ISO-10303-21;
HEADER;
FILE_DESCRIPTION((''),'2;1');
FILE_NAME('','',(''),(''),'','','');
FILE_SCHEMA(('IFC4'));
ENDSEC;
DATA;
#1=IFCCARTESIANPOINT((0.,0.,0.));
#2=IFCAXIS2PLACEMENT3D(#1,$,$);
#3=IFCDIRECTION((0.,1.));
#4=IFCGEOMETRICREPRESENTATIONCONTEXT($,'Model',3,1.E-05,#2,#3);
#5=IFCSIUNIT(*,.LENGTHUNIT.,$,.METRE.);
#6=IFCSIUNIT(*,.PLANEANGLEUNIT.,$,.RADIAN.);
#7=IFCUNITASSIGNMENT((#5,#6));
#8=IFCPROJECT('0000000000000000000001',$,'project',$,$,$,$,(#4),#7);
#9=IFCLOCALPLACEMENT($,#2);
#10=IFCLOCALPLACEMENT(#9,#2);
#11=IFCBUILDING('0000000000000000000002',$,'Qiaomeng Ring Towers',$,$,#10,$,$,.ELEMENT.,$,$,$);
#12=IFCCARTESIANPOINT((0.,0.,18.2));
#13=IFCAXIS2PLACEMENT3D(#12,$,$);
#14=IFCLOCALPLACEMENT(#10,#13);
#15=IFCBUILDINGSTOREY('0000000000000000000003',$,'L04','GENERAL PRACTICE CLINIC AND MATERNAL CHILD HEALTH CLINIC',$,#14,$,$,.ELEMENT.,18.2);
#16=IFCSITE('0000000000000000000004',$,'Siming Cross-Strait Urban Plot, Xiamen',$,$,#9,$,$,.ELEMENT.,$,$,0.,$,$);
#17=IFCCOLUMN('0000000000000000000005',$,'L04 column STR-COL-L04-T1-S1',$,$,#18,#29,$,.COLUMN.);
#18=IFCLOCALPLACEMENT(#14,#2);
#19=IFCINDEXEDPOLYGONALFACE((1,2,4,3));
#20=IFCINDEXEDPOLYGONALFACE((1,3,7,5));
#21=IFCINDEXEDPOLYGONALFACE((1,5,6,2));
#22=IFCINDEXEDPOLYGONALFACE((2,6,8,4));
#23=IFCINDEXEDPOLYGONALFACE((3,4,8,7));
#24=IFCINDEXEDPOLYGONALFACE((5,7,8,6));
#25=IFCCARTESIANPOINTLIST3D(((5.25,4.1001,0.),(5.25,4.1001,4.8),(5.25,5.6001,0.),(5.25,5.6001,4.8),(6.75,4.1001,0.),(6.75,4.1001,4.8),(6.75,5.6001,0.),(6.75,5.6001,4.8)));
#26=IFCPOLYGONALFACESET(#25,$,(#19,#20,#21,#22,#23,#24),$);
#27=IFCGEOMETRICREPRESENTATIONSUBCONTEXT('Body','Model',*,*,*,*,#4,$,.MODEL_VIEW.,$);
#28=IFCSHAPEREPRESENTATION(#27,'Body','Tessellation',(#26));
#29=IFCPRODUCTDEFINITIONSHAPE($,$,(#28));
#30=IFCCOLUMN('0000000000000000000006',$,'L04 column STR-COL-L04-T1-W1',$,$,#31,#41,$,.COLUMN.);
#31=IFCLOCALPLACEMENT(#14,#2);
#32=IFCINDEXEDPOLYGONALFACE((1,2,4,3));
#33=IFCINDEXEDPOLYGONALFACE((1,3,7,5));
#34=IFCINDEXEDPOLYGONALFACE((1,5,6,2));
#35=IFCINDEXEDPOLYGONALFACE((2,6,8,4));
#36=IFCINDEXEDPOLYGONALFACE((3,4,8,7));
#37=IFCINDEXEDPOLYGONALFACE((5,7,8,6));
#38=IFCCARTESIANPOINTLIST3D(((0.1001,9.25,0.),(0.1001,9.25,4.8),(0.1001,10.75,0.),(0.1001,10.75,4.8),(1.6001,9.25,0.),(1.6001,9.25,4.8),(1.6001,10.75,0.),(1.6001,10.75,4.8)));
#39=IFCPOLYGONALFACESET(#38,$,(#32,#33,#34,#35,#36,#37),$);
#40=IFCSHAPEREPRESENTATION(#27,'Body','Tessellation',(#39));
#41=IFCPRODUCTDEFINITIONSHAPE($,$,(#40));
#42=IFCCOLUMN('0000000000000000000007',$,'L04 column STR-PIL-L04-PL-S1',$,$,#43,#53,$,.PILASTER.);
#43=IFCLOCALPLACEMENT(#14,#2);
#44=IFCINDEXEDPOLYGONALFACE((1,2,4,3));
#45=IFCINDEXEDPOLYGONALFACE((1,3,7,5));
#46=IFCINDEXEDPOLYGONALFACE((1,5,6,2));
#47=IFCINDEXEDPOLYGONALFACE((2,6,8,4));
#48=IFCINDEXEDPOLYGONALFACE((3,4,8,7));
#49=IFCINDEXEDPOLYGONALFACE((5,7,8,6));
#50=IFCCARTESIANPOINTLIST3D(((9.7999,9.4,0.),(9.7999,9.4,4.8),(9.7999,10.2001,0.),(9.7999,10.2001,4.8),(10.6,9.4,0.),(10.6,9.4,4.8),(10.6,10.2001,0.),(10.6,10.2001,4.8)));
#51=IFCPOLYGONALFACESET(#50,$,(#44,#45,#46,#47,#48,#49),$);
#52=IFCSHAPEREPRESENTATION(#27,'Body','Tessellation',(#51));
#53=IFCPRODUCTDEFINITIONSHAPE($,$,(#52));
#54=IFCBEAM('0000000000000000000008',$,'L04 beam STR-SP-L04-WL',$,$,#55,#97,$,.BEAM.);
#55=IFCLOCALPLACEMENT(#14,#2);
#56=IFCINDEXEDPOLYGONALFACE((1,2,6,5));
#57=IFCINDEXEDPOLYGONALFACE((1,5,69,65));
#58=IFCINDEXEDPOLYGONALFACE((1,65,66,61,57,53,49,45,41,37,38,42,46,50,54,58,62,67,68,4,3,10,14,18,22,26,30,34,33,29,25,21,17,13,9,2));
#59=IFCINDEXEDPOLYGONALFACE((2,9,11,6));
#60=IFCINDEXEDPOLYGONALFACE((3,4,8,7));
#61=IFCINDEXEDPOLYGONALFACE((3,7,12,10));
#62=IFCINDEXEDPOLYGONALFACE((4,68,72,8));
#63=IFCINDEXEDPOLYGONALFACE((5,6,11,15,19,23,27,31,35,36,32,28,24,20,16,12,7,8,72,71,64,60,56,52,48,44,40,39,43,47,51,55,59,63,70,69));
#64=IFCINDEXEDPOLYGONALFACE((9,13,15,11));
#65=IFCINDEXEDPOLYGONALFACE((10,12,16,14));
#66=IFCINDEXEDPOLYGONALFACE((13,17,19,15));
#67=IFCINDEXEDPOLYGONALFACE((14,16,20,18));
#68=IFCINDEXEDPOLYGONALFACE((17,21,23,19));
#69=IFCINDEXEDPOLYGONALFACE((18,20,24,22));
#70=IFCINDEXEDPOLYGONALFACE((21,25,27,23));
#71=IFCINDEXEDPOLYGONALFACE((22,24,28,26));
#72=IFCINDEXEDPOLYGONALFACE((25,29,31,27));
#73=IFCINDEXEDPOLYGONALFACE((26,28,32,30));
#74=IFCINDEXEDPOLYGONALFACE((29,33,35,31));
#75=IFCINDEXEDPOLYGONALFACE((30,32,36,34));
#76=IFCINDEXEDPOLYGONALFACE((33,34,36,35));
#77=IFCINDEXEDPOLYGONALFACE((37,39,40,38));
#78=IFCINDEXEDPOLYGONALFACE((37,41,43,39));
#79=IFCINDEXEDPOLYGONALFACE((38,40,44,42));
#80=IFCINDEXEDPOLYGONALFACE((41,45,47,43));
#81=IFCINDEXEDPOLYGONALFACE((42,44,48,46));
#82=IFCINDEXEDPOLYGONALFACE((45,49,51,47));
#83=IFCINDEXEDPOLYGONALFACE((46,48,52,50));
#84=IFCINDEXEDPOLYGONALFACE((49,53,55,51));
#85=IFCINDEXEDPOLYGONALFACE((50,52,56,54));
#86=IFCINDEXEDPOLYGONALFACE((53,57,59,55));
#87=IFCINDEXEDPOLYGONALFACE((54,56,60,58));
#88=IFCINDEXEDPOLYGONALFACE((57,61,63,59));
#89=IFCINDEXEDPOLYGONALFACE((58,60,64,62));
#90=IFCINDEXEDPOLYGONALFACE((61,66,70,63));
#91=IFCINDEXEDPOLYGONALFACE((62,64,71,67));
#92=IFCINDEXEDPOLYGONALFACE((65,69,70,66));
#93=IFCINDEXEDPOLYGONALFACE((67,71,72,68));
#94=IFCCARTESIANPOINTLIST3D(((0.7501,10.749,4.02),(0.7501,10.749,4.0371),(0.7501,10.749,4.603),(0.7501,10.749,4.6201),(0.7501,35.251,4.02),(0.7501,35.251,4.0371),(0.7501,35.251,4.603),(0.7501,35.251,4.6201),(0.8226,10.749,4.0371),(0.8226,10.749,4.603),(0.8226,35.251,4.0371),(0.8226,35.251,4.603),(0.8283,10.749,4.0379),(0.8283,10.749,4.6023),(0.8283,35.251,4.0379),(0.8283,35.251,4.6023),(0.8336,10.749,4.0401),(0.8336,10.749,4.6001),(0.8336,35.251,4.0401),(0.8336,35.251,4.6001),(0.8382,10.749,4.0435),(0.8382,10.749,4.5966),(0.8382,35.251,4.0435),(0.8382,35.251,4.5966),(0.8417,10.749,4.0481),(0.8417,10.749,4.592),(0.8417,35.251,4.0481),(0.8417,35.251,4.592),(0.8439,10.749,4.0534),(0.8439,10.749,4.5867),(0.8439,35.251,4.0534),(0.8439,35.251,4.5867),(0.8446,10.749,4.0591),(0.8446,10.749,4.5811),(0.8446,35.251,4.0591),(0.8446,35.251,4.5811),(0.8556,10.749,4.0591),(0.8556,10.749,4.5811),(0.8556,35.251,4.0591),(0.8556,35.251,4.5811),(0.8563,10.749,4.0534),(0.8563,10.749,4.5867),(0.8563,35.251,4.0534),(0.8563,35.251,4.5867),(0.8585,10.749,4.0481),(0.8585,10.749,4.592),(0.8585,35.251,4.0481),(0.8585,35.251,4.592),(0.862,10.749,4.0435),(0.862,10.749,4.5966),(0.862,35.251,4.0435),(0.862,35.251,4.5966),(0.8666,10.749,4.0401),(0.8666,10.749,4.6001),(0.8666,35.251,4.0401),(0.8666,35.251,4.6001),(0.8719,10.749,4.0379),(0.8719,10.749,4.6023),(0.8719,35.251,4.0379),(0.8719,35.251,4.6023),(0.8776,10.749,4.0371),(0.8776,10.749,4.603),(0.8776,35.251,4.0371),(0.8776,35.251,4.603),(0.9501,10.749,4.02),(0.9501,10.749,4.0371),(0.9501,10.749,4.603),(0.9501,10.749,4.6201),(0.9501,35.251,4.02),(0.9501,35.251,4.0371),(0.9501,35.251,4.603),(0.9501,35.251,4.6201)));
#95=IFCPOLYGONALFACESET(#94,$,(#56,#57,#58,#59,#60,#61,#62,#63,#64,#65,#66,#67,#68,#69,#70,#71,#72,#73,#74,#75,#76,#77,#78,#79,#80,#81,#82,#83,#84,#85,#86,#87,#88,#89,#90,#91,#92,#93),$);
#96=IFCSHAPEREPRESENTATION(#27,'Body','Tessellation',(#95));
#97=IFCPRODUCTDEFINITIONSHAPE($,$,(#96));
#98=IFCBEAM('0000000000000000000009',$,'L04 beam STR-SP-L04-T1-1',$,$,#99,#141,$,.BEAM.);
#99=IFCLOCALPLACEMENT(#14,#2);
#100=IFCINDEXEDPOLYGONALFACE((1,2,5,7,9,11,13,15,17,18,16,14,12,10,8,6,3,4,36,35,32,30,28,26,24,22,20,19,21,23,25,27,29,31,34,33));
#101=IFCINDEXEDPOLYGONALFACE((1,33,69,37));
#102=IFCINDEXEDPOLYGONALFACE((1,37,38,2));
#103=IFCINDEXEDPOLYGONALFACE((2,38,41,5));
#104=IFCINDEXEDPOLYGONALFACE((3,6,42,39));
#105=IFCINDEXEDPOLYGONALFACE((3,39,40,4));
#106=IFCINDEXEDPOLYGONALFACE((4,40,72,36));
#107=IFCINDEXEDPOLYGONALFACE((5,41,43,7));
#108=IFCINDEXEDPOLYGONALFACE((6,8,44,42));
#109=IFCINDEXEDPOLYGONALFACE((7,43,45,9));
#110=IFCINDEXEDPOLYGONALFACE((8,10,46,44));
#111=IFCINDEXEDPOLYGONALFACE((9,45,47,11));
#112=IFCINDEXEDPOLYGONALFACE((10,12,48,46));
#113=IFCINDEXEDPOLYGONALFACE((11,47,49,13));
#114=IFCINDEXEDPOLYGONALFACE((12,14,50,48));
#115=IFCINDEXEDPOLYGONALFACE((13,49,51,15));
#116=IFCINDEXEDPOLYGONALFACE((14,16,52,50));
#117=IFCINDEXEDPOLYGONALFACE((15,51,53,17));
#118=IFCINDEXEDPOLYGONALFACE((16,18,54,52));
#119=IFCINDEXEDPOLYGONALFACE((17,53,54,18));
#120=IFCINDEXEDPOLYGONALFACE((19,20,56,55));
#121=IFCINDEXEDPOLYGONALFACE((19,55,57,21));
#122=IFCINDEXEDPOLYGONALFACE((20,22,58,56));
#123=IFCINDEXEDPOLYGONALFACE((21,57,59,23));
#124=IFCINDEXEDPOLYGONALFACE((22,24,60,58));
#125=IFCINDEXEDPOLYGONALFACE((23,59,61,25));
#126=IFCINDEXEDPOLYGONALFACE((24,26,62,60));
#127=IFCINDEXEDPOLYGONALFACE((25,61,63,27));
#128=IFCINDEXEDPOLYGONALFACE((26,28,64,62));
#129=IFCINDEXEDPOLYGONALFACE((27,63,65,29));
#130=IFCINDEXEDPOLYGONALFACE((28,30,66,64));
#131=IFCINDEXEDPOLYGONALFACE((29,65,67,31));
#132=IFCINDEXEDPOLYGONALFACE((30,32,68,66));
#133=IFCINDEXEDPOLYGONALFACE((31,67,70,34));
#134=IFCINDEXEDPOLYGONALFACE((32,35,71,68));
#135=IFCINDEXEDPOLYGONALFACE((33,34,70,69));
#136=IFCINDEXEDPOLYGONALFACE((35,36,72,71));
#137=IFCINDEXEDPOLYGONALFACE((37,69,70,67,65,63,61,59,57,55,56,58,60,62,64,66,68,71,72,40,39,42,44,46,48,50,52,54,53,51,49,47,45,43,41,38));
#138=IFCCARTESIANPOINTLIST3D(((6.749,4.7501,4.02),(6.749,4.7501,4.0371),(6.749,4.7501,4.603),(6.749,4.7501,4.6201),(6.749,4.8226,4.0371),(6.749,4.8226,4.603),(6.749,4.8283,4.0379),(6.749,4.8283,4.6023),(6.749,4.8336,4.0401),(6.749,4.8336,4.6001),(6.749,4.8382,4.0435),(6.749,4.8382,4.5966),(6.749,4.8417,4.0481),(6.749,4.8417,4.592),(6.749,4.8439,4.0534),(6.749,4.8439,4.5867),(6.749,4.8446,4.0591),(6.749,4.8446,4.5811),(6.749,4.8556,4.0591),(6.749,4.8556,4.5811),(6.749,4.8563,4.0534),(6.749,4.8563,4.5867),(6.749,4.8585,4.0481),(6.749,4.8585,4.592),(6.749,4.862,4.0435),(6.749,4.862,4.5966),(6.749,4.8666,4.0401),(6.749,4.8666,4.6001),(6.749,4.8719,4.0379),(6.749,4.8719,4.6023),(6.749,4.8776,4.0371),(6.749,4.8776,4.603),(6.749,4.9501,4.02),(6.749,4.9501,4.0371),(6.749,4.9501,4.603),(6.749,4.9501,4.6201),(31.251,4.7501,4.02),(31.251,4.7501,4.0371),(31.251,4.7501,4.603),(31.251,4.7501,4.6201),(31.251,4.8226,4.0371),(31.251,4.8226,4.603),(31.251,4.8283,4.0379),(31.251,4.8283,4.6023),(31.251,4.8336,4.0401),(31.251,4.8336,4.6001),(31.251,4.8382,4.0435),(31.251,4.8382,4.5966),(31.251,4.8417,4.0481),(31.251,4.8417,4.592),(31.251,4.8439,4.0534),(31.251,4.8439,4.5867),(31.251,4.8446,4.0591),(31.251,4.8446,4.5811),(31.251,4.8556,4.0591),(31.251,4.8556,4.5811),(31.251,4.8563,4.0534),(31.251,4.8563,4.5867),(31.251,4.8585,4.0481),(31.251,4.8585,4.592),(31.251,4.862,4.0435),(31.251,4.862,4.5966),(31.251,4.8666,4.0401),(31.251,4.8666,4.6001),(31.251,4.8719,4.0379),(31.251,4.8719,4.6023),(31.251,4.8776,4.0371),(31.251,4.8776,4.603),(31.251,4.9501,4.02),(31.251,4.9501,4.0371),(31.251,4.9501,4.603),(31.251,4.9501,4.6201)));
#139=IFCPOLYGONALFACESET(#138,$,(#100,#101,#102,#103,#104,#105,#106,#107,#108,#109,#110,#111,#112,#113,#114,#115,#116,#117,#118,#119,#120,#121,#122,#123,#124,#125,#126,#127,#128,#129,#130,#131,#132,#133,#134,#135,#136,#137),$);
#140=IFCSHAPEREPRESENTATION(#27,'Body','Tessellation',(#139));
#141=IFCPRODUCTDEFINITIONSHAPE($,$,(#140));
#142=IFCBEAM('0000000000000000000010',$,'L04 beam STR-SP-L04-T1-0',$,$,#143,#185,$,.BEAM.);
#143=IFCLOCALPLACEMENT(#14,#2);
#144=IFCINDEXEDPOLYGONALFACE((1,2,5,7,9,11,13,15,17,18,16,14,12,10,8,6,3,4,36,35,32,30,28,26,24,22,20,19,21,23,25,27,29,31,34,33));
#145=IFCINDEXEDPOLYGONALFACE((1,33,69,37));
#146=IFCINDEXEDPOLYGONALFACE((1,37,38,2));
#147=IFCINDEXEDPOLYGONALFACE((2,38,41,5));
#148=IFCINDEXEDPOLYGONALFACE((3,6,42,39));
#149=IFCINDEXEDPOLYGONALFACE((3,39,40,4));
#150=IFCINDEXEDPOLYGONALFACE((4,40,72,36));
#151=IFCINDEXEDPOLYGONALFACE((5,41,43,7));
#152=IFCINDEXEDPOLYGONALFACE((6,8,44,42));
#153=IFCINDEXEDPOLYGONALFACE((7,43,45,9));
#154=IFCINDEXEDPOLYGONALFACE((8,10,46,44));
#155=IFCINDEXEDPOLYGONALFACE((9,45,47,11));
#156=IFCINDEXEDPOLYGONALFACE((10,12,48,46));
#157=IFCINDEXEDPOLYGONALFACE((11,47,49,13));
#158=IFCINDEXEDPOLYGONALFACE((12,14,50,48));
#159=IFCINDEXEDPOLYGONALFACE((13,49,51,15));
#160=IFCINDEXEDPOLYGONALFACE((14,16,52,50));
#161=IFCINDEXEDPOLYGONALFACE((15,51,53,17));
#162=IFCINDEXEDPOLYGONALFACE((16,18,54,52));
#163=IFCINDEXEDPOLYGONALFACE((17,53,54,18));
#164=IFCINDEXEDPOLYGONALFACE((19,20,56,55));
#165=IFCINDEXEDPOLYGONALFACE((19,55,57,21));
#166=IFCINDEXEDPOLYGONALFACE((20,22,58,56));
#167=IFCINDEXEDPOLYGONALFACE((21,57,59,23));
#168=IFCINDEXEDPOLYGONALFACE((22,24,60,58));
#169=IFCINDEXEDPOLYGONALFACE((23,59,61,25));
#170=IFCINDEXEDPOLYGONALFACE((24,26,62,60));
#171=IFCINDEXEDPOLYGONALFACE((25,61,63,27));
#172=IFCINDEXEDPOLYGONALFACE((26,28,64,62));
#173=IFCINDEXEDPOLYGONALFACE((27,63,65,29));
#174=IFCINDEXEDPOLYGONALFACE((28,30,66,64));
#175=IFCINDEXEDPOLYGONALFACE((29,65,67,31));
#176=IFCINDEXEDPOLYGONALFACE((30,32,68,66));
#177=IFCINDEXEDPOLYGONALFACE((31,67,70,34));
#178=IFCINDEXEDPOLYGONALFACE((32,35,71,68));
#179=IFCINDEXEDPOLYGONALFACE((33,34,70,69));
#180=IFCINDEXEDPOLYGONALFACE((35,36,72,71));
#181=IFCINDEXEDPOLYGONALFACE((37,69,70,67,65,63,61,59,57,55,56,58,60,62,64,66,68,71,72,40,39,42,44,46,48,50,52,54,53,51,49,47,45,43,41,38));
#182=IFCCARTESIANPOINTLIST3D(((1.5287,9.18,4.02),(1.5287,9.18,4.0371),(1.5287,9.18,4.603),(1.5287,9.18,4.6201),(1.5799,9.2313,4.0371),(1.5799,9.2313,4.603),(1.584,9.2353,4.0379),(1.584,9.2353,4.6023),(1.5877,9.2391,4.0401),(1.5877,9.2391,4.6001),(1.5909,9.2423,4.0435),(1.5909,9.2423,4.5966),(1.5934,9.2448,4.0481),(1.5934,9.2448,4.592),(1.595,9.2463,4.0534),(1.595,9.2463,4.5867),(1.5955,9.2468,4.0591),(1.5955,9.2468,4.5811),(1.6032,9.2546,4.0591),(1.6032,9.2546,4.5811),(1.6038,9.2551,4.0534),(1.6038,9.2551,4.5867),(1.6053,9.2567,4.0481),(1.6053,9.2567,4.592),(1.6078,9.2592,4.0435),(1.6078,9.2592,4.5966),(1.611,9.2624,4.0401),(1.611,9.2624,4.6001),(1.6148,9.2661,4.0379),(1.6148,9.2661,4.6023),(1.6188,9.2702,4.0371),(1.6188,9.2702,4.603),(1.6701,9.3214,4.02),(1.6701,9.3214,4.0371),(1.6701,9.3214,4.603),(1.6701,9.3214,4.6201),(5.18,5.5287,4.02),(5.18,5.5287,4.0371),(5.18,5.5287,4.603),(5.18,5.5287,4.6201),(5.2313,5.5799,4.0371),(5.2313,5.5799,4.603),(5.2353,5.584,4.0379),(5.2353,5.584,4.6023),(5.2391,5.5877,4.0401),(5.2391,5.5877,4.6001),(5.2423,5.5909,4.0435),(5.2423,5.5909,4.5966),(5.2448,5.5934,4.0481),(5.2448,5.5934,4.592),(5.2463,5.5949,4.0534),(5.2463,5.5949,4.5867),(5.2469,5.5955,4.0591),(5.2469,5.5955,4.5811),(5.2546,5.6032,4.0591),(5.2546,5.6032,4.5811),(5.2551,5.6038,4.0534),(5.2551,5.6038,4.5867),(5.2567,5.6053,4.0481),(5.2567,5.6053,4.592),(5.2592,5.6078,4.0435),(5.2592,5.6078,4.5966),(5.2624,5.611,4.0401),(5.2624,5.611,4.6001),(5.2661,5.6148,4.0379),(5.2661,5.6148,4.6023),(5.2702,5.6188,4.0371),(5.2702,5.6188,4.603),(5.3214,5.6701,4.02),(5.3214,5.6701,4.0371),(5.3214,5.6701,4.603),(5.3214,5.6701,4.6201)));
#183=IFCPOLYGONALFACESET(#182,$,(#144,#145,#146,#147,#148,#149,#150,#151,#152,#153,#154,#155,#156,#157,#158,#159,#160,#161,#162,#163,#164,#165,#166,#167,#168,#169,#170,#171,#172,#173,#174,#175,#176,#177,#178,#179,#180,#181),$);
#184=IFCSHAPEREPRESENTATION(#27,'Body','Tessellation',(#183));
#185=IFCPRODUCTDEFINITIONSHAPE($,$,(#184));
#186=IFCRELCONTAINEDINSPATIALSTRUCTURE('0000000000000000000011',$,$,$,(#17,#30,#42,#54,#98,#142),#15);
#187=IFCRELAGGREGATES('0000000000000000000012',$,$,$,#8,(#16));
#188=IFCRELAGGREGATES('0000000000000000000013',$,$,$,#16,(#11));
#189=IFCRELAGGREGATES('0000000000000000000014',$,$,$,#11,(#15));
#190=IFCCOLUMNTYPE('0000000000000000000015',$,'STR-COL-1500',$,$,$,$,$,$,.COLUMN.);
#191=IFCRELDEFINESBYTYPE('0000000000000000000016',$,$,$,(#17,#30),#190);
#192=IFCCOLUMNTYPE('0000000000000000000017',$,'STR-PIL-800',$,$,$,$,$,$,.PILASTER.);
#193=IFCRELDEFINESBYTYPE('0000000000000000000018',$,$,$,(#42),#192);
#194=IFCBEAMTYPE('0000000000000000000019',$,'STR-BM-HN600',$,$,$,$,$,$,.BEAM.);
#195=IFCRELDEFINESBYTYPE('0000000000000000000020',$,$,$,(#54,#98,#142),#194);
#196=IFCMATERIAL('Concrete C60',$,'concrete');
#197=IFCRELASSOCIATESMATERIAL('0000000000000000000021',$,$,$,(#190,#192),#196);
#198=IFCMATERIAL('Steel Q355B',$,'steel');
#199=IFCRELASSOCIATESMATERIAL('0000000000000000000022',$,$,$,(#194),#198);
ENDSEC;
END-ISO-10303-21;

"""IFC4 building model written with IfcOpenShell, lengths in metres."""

from ifc_helpers import new_model, si_unit, direction, frame, origin, origin_2d, place, context, subcontext, project, spatial, rectangle, i_section, extrude, source, transform, mapped, material, material_profile, profile_set, type_object, element, save


model = new_model("IFC4")

# Units and contexts
model_context = context("Model", 3, precision=1e-05, world=origin(), true_north=direction((0.0, 1.0)))
body_context = subcontext(model_context, "Body", "Model", "MODEL_VIEW")
ifc_project = project(units=[si_unit("LENGTHUNIT", "METRE"), si_unit("PLANEANGLEUNIT", "RADIAN")], contexts=[model_context])

# Site, building, storey
site_placement = place(None, origin())
site = spatial("IfcSite", under=ifc_project, at=site_placement, Name="Siming Cross-Strait Urban Plot, Xiamen", CompositionType="ELEMENT", RefElevation=0.0)
building_placement = place(site_placement, origin())
building = spatial("IfcBuilding", under=site, at=building_placement, Name="Qiaomeng Ring Towers", CompositionType="ELEMENT")
storey_placement = place(building_placement, frame((0.0, 0.0, 18.2)))
storey = spatial("IfcBuildingStorey", under=building, at=storey_placement, Name="L04", Description="GENERAL PRACTICE CLINIC AND MATERNAL CHILD HEALTH CLINIC", CompositionType="ELEMENT", Elevation=18.2)

# Columns
ifc_material_1 = material(Name="Concrete C60", Category="concrete")
ifc_material_profile_1 = material_profile(ifc_material_1, rectangle(XDim=1.5, YDim=1.5, at=origin_2d()), Name="RC COL 1500x1500")
ifc_profile_set_1 = profile_set([ifc_material_profile_1], Name="Concrete C60")
column_type_1 = type_object("IfcColumnType", Name="STR-COL-1500", PredefinedType="COLUMN", material=ifc_profile_set_1)
shared_shape_1 = source(origin(), body_context, "Body", "SweptSolid", [
    extrude(rectangle(XDim=1.5, YDim=1.5, at=origin_2d()), origin(), (0.0, 0.0, 1.0), 4.8),
])
for number, where, z_axis, x_axis, name in (
    (1, (6.0, 4.8501, 0.0), (0.0, 0.0, 1.0), (1.0, 0.0, 0.0), "L04 column STR-COL-L04-T1-S1"),
    (2, (0.8501, 10.0, 0.0), (0.0, 0.0, 1.0), (1.0, 0.0, 0.0), "L04 column STR-COL-L04-T1-W1"),
):
    element("IfcColumn", number, at=place(storey_placement, frame(where, z_axis=z_axis, x_axis=x_axis)), inside=storey, type_object=column_type_1, Name=name, PredefinedType="COLUMN", context=body_context, shape_type="MappedRepresentation", body=[
        mapped(shared_shape_1, transform((0.0, 0.0, 0.0), x_axis=(1.0, 0.0, 0.0), y_axis=(0.0, 1.0, 0.0), z_axis=(0.0, 0.0, 1.0), scale=1.0)),
    ])
ifc_material_profile_2 = material_profile(ifc_material_1, rectangle(XDim=0.8, YDim=0.8, at=origin_2d()), Name="RC COL 800x800")
ifc_profile_set_2 = profile_set([ifc_material_profile_2], Name="Concrete C60")
column_type_2 = type_object("IfcColumnType", Name="STR-PIL-800", PredefinedType="PILASTER", material=ifc_profile_set_2)
shared_shape_2 = source(origin(), body_context, "Body", "SweptSolid", [
    extrude(rectangle(XDim=0.8, YDim=0.8, at=origin_2d()), origin(), (0.0, 0.0, 1.0), 4.8),
])
column_placement = place(storey_placement, frame((10.2, 9.8, 0.0), z_axis=(0.0, 0.0, 1.0), x_axis=(1.0, 0.0, 0.0)))
element("IfcColumn", 3, at=column_placement, inside=storey, type_object=column_type_2, Name="L04 column STR-PIL-L04-PL-S1", PredefinedType="PILASTER", context=body_context, shape_type="MappedRepresentation", body=[
    mapped(shared_shape_2, transform((0.0, 0.0, 0.0), x_axis=(1.0, 0.0, 0.0), y_axis=(0.0, 1.0, 0.0), z_axis=(0.0, 0.0, 1.0), scale=1.0)),
])

# Beams
ifc_material_2 = material(Name="Steel Q355B", Category="steel")
ifc_material_profile_3 = material_profile(ifc_material_2, i_section(OverallWidth=0.2, OverallDepth=0.6001, WebThickness=0.011, FlangeThickness=0.0171, FilletRadius=0.022, at=origin_2d()), Name="HN 600x200x11x17")
ifc_profile_set_3 = profile_set([ifc_material_profile_3], Name="Steel Q355B")
beam_type = type_object("IfcBeamType", Name="STR-BM-HN600", PredefinedType="BEAM", material=ifc_profile_set_3)
shared_shape_3 = source(origin(), body_context, "Body", "SweptSolid", [
    extrude(i_section(OverallWidth=0.2, OverallDepth=0.6001, WebThickness=0.011, FlangeThickness=0.0171, FilletRadius=0.022, at=origin_2d()), origin(), (0.0, 0.0, 1.0), 24.502),
])
for number, where, z_axis, x_axis, name in (
    (4, (0.8501, 10.749, 4.3201), (0.0, 1.0, 0.0), (-1.0, 0.0, 0.0), "L04 beam STR-SP-L04-WL"),
    (5, (6.749, 4.8501, 4.3201), (1.0, 0.0, 0.0), (0.0, 1.0, 0.0), "L04 beam STR-SP-L04-T1-1"),
):
    element("IfcBeam", number, at=place(storey_placement, frame(where, z_axis=z_axis, x_axis=x_axis)), inside=storey, type_object=beam_type, Name=name, PredefinedType="BEAM", context=body_context, shape_type="MappedRepresentation", body=[
        mapped(shared_shape_3, transform((0.0, 0.0, 0.0), x_axis=(1.0, 0.0, 0.0), y_axis=(0.0, 1.0, 0.0), z_axis=(0.0, 0.0, 1.0), scale=1.0)),
    ])
shared_shape_4 = source(origin(), body_context, "Body", "SweptSolid", [
    extrude(i_section(OverallWidth=0.2, OverallDepth=0.6001, WebThickness=0.011, FlangeThickness=0.0171, FilletRadius=0.022, at=origin_2d()), origin(), (0.0, 0.0, 1.0), 5.1638),
])
beam_placement = place(storey_placement, frame((1.5994, 9.2507, 4.3201), z_axis=(0.707107, -0.707107, 0.0), x_axis=(0.707107, 0.707107, 0.0)))
element("IfcBeam", 6, at=beam_placement, inside=storey, type_object=beam_type, Name="L04 beam STR-SP-L04-T1-0", PredefinedType="BEAM", context=body_context, shape_type="MappedRepresentation", body=[
    mapped(shared_shape_4, transform((0.0, 0.0, 0.0), x_axis=(1.0, 0.0, 0.0), y_axis=(0.0, 1.0, 0.0), z_axis=(0.0, 0.0, 1.0), scale=1.0)),
])

save(model, "model.ifc")
